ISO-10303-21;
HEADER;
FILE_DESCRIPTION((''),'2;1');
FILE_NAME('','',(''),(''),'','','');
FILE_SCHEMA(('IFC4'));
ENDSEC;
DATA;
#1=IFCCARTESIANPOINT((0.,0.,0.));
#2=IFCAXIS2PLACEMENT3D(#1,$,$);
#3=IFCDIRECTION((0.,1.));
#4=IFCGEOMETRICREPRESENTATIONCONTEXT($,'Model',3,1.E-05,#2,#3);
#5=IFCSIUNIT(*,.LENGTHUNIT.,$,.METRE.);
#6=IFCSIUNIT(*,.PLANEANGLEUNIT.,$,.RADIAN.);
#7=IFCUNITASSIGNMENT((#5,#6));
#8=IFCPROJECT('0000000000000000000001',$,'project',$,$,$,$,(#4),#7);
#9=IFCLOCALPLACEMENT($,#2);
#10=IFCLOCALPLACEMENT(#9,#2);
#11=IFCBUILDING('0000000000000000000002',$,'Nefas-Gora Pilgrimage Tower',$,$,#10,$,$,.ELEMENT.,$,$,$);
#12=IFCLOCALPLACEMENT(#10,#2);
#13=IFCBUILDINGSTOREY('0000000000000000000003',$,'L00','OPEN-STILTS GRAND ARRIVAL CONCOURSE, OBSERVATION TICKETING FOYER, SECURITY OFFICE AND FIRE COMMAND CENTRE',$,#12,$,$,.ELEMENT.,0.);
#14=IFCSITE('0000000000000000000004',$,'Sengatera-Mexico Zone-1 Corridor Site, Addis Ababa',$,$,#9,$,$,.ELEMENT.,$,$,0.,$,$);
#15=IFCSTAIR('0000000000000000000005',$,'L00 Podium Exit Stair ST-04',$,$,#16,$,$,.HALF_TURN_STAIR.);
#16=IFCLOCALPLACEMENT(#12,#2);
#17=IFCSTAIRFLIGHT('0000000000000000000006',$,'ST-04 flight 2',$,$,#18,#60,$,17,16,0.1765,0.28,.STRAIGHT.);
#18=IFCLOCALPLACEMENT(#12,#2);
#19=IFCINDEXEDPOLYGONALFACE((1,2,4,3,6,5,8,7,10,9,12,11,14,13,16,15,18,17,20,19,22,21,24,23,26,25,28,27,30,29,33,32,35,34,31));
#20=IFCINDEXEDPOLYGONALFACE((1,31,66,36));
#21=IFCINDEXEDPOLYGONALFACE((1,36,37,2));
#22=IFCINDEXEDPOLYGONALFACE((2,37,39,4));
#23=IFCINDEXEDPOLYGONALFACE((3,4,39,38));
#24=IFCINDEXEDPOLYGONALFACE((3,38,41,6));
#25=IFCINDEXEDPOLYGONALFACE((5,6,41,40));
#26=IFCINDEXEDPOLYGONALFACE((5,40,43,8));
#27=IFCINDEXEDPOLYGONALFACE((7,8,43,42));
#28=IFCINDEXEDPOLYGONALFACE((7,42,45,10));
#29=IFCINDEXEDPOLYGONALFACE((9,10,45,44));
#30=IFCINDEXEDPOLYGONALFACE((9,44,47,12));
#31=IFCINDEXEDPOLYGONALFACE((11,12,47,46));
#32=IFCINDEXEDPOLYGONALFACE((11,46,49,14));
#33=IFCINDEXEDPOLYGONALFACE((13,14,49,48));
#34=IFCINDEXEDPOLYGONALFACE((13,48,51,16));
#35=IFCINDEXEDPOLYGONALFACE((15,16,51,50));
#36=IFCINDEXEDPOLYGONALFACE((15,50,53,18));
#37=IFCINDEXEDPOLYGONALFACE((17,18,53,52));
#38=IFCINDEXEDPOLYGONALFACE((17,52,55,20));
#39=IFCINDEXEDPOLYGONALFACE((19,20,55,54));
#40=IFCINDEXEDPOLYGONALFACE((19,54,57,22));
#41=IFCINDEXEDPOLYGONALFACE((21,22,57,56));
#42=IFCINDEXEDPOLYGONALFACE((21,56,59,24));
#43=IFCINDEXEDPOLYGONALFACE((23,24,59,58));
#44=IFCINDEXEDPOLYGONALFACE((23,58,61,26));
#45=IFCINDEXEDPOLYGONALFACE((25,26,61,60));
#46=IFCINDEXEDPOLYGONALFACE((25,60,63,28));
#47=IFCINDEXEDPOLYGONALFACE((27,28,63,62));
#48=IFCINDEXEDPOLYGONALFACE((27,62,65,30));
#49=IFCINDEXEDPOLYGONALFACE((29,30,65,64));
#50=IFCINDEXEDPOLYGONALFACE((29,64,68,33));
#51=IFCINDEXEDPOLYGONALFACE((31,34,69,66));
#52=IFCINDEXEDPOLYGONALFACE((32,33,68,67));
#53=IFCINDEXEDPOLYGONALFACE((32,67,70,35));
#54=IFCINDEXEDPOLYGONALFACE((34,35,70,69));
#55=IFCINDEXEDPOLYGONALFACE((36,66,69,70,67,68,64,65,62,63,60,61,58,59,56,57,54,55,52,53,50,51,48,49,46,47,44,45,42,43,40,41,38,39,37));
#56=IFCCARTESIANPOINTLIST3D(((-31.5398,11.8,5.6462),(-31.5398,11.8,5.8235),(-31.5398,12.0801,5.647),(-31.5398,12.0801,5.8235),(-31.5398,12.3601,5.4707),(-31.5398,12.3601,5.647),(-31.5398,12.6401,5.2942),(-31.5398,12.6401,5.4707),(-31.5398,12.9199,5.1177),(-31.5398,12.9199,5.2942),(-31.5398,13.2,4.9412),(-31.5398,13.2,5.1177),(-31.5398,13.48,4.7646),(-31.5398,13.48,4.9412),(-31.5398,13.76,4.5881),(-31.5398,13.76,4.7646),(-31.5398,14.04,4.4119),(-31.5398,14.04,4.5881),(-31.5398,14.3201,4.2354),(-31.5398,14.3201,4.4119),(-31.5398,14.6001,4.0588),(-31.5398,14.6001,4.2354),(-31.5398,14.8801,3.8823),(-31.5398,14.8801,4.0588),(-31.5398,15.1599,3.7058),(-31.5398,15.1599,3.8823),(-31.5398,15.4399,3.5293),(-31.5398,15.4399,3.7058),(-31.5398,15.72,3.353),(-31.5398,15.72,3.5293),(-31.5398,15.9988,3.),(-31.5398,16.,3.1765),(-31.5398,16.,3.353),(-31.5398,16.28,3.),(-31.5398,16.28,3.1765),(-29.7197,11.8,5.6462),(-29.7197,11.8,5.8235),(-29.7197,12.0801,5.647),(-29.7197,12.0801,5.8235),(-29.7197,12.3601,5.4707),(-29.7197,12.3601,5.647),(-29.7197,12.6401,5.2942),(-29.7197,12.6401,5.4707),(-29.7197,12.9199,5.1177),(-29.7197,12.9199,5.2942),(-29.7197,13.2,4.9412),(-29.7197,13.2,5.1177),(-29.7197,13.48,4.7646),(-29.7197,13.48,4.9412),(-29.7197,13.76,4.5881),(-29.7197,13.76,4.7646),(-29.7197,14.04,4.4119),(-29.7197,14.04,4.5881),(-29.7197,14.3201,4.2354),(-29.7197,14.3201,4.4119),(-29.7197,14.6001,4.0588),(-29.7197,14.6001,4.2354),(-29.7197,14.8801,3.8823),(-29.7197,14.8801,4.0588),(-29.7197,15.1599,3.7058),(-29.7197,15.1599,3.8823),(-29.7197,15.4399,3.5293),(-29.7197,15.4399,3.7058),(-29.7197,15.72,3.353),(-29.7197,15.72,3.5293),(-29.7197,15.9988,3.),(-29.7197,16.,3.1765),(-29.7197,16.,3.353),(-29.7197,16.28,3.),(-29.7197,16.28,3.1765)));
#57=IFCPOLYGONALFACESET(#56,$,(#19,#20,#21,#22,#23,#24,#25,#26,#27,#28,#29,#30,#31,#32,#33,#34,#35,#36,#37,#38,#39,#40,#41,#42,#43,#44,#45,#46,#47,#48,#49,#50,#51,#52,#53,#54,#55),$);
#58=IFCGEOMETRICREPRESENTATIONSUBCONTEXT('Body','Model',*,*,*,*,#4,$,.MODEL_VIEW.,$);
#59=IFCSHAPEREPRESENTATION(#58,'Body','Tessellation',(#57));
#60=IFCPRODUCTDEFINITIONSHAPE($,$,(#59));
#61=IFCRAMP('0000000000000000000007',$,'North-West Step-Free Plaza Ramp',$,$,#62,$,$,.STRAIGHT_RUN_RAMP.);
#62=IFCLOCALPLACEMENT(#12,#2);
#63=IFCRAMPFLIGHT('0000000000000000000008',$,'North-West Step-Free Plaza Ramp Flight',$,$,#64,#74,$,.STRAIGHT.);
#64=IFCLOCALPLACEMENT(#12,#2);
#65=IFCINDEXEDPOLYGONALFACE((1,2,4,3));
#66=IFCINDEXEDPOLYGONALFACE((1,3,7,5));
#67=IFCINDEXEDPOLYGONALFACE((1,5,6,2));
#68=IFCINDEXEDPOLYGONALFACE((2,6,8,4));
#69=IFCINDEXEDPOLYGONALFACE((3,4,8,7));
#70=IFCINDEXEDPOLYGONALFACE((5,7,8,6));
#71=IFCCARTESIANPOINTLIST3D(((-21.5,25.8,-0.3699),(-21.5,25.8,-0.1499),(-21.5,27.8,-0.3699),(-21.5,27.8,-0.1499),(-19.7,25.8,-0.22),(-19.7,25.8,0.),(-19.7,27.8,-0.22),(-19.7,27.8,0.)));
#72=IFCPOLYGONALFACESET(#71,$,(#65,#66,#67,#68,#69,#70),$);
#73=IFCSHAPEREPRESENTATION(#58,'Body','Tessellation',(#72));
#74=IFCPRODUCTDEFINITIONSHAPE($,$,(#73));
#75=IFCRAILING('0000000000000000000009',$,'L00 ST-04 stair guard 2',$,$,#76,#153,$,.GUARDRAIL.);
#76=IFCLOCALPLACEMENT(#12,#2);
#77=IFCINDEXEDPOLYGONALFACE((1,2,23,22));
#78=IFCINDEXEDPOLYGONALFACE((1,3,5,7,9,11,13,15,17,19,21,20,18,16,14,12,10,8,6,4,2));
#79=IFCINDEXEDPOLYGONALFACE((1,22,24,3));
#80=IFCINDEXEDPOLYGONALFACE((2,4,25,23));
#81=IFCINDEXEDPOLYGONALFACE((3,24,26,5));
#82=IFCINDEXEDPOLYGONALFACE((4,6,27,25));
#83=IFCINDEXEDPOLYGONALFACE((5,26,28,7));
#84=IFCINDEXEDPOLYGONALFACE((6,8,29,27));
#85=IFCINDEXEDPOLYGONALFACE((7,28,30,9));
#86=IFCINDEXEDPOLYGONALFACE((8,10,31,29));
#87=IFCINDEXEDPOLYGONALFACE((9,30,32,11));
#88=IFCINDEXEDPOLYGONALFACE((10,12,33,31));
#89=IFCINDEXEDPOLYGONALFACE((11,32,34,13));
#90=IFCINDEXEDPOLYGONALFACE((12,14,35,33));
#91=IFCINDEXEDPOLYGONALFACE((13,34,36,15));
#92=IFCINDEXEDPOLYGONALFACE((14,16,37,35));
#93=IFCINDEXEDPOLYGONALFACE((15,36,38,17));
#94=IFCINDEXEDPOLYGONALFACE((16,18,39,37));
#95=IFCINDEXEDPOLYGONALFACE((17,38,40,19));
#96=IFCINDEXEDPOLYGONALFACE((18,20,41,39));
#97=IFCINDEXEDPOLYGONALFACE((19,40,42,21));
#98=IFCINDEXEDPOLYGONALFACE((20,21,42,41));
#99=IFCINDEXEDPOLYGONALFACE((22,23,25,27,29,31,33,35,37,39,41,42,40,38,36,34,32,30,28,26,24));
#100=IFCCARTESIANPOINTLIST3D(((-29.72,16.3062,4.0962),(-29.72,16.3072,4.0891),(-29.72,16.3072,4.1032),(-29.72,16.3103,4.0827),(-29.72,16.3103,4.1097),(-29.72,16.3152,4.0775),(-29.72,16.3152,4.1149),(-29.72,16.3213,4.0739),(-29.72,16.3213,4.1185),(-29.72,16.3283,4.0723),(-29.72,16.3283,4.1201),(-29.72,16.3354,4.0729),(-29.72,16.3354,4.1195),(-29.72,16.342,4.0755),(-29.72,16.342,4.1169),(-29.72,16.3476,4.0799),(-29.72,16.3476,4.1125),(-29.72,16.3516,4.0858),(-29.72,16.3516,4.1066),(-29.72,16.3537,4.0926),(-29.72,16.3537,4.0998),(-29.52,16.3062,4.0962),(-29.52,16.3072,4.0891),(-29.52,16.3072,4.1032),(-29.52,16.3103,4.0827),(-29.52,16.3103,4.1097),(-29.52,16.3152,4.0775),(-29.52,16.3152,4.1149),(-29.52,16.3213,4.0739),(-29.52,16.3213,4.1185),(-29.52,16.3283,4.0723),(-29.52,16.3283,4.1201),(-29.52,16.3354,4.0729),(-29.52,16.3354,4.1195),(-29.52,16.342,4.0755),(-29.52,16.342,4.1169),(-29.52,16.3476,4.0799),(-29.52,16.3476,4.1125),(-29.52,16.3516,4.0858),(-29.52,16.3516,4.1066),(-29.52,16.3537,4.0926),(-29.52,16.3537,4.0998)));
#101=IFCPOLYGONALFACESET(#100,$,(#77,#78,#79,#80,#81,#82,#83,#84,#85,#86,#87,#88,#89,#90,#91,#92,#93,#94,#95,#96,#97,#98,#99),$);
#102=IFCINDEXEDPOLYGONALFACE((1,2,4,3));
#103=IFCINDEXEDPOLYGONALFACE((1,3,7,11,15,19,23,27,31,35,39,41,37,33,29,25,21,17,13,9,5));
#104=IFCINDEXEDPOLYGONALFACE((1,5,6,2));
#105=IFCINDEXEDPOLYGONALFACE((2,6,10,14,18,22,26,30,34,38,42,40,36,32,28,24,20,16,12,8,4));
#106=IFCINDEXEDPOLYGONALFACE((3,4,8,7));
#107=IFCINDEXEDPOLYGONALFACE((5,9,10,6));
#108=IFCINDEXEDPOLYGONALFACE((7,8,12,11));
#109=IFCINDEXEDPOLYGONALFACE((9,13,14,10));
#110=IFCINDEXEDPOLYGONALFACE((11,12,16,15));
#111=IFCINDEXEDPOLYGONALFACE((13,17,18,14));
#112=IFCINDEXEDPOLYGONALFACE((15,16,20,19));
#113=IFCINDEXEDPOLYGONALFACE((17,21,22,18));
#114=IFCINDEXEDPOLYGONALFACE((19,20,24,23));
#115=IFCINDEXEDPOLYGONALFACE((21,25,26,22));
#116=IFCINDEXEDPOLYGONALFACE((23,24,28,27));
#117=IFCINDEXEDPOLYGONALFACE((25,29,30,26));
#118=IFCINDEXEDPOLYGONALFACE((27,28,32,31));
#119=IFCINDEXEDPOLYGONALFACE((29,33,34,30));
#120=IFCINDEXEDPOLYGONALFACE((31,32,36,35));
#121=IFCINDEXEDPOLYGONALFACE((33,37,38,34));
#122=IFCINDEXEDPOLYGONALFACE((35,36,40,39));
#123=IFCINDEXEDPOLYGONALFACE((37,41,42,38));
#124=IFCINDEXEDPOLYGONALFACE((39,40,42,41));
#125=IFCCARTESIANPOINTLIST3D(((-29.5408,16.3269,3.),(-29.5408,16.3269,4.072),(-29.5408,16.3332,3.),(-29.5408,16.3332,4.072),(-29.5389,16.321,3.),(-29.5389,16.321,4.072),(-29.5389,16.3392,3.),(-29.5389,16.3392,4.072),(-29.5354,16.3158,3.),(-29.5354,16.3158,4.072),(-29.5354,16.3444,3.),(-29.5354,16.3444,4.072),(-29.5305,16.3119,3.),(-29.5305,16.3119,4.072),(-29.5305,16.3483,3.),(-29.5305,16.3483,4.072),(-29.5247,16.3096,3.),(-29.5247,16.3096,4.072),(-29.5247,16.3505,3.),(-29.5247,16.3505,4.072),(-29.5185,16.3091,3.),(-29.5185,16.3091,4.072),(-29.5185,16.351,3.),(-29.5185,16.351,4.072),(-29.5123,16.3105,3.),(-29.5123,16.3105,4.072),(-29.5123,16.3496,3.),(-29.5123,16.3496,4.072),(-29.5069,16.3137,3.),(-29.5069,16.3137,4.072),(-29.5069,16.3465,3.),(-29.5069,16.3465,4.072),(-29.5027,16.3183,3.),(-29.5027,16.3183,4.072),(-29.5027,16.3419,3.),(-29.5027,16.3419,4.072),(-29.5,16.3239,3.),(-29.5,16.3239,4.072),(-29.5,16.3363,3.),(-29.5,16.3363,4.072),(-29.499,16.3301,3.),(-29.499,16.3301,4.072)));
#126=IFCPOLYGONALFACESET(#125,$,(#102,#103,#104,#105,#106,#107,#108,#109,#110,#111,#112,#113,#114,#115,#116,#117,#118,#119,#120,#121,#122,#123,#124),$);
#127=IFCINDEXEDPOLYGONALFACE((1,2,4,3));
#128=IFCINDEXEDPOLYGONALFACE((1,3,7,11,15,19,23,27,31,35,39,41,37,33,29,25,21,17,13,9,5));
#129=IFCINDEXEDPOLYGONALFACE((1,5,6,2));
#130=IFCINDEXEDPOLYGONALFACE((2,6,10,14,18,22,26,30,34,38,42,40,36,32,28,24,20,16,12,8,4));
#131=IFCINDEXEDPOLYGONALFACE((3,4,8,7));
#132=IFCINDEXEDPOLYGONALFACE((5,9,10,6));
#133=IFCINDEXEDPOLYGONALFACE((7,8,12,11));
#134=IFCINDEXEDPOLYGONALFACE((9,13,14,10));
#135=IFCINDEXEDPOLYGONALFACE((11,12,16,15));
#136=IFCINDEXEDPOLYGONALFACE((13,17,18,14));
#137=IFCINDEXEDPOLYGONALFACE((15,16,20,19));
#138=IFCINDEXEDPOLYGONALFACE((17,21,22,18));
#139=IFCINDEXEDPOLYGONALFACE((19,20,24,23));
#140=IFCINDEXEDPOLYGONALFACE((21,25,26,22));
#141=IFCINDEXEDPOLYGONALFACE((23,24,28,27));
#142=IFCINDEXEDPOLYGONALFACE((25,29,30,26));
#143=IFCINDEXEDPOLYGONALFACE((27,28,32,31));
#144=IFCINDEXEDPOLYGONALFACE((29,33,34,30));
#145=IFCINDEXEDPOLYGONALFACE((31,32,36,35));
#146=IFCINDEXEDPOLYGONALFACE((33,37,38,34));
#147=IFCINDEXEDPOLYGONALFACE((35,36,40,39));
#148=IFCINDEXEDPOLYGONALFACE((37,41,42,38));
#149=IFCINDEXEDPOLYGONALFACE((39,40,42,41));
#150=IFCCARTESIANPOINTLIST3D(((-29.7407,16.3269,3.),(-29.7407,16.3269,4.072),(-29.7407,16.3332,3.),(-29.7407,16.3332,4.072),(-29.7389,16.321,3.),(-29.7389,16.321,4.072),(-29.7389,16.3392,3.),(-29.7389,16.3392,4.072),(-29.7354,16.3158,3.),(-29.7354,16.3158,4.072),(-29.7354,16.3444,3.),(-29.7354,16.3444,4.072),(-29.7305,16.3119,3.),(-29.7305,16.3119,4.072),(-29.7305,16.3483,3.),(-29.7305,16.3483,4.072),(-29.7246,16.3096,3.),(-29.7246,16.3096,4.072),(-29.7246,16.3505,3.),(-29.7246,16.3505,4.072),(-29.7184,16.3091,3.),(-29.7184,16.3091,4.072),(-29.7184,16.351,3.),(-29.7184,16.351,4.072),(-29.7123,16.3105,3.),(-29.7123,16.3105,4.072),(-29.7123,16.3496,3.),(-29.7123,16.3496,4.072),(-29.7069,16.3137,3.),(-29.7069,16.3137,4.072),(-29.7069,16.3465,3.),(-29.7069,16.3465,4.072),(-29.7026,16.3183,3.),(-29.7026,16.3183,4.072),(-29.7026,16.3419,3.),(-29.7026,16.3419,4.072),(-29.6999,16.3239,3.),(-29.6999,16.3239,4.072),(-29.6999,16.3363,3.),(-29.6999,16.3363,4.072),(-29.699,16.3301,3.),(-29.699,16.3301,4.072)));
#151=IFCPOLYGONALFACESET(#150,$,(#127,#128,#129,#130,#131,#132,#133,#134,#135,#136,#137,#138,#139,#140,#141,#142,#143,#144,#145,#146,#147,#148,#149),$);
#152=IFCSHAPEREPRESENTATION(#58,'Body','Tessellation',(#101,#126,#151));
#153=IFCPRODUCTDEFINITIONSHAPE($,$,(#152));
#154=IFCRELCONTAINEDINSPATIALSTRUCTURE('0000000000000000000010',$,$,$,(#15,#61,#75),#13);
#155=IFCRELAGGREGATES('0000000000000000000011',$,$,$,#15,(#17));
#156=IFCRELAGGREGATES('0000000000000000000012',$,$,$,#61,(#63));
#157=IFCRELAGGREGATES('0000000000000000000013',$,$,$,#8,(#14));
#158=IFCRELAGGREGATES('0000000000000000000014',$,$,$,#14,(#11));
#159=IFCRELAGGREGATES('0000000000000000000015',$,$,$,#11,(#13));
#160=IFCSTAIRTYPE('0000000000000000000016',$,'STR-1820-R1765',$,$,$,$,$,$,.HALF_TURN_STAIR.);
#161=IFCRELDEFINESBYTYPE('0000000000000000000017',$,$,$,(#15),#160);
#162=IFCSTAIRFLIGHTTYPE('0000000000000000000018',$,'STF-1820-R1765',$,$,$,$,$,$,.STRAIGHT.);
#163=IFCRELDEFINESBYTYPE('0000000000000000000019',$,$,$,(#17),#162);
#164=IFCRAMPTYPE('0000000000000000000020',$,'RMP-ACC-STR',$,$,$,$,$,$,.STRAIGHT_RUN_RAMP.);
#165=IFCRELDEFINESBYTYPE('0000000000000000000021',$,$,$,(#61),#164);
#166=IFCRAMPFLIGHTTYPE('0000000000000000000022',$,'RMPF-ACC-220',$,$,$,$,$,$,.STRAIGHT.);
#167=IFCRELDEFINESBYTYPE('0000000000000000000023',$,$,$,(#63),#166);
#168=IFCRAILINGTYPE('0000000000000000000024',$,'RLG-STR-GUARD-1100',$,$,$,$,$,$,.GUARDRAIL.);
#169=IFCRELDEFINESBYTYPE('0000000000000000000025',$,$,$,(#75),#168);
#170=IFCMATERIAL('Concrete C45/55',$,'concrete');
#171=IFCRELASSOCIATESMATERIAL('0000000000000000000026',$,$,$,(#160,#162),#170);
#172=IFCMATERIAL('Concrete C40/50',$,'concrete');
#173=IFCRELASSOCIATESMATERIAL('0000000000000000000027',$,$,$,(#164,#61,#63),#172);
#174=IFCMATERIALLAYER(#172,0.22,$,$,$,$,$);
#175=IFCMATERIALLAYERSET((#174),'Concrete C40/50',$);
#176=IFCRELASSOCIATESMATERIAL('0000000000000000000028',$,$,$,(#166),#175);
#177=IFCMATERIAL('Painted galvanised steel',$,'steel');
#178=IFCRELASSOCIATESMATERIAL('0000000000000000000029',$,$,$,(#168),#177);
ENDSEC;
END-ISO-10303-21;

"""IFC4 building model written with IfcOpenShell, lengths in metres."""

from ifc_helpers import new_model, si_unit, direction, frame, origin, origin_2d, place, context, subcontext, project, spatial, polyline, circle, outline, extrude, source, transform, mapped, material, layer, layer_set, type_object, element, aggregate, save


model = new_model("IFC4")

# Units and contexts
model_context = context("Model", 3, precision=1e-05, world=origin(), true_north=direction((0.0, 1.0)))
body_context = subcontext(model_context, "Body", "Model", "MODEL_VIEW")
ifc_project = project(units=[si_unit("LENGTHUNIT", "METRE"), si_unit("PLANEANGLEUNIT", "RADIAN")], contexts=[model_context])

# Site, building, storey
site_placement = place(None, origin())
site = spatial("IfcSite", under=ifc_project, at=site_placement, Name="Sengatera-Mexico Zone-1 Corridor Site, Addis Ababa", CompositionType="ELEMENT", RefElevation=0.0)
building_placement = place(site_placement, origin())
building = spatial("IfcBuilding", under=site, at=building_placement, Name="Nefas-Gora Pilgrimage Tower", CompositionType="ELEMENT")
storey_placement = place(building_placement, origin())
storey = spatial("IfcBuildingStorey", under=building, at=storey_placement, Name="L00", Description="OPEN-STILTS GRAND ARRIVAL CONCOURSE, OBSERVATION TICKETING FOYER, SECURITY OFFICE AND FIRE COMMAND CENTRE", CompositionType="ELEMENT", Elevation=0.0)

# Shared definitions
ifc_material_1 = material(Name="Concrete C45/55", Category="concrete")

# Stair, stair flight
stair_type = type_object("IfcStairType", Name="STR-1820-R1765", PredefinedType="HALF_TURN_STAIR", material=ifc_material_1)
stair_placement = place(storey_placement, origin())
stair = element("IfcStair", 1, at=stair_placement, inside=storey, type_object=stair_type, Name="L00 Podium Exit Stair ST-04", PredefinedType="HALF_TURN_STAIR")
stair_flight_type = type_object("IfcStairFlightType", Name="STF-1820-R1765", PredefinedType="STRAIGHT", material=ifc_material_1)
shared_shape_1 = source(origin(), body_context, "Body", "SweptSolid", [
    extrude(outline(polyline([(0.0, 0.0), (0.0, 0.1765), (0.28, 0.1765), (0.28, 0.353), (0.5601, 0.353), (0.5601, 0.5293), (0.8401, 0.5293), (0.8401, 0.7058), (1.1201, 0.7058), (1.1201, 0.8823), (1.3999, 0.8823), (1.3999, 1.0588), (1.6799, 1.0588), (1.6799, 1.2354), (1.96, 1.2354), (1.96, 1.4119), (2.24, 1.4119), (2.24, 1.5881), (2.52, 1.5881), (2.52, 1.7646), (2.8, 1.7646), (2.8, 1.9412), (3.0801, 1.9412), (3.0801, 2.1177), (3.3601, 2.1177), (3.3601, 2.2942), (3.6399, 2.2942), (3.6399, 2.4707), (3.9199, 2.4707), (3.9199, 2.647), (4.2, 2.647), (4.2, 2.8235), (4.48, 2.8235), (4.48, 3.0), (4.48, 2.6462), (0.2812, 0.0), (0.0, 0.0)])), frame((0.0, 0.9102, 0.0), z_axis=(0.0, -1.0, 0.0), x_axis=(1.0, 0.0, 0.0)), (0.0, 0.0, 1.0), 1.8201),
])
stair_flight_placement = place(storey_placement, frame((-30.6299, 16.28, 3.0), z_axis=(0.0, 0.0, 1.0), x_axis=(0.0, -1.0, 0.0)))
stair_flight = element("IfcStairFlight", 2, at=stair_flight_placement, type_object=stair_flight_type, Name="ST-04 flight 2", NumberOfRisers=17, NumberOfTreads=16, PredefinedType="STRAIGHT", RiserHeight=0.1765, TreadLength=0.28, context=body_context, shape_type="MappedRepresentation", body=[
    mapped(shared_shape_1, transform((0.0, 0.0, 0.0), x_axis=(1.0, 0.0, 0.0), y_axis=(0.0, 1.0, 0.0), z_axis=(0.0, 0.0, 1.0), scale=1.0)),
])
aggregate(stair, [stair_flight])

# Ramp, ramp flight
ifc_material_2 = material(Name="Concrete C40/50", Category="concrete")
ramp_type = type_object("IfcRampType", Name="RMP-ACC-STR", PredefinedType="STRAIGHT_RUN_RAMP", material=ifc_material_2)
ramp_placement = place(storey_placement, origin())
ramp = element("IfcRamp", 3, at=ramp_placement, inside=storey, type_object=ramp_type, material=ifc_material_2, Name="North-West Step-Free Plaza Ramp", PredefinedType="STRAIGHT_RUN_RAMP")
ifc_layer_1 = layer(ifc_material_2, 0.22)
ifc_layer_set_1 = layer_set([ifc_layer_1], Name="Concrete C40/50")
ramp_flight_type = type_object("IfcRampFlightType", Name="RMPF-ACC-220", PredefinedType="STRAIGHT", material=ifc_layer_set_1)
ramp_flight_placement = place(storey_placement, frame((-21.5, 26.8, -0.1499), z_axis=(0.0, 0.0, 1.0), x_axis=(1.0, 0.0, 0.0)))
ramp_flight = element("IfcRampFlight", 4, at=ramp_flight_placement, type_object=ramp_flight_type, material=ifc_material_2, Name="North-West Step-Free Plaza Ramp Flight", PredefinedType="STRAIGHT", context=body_context, shape_type="SweptSolid", body=[
    extrude(outline(polyline([(0.0, 0.0), (1.8, 0.1499), (1.8, -0.0701), (0.0, -0.22), (0.0, 0.0)])), frame((0.0, 1.0, 0.0), z_axis=(0.0, -1.0, 0.0), x_axis=(1.0, 0.0, 0.0)), (0.0, 0.0, 1.0), 2.0),
])
aggregate(ramp, [ramp_flight])

# Railing
ifc_material_3 = material(Name="Painted galvanised steel", Category="steel")
railing_type_1 = type_object("IfcRailingType", Name="RLG-STR-GUARD-1100", PredefinedType="GUARDRAIL", material=ifc_material_3)
railing_1_placement = place(storey_placement, frame((-29.52, 16.3301, 3.0)))
element("IfcRailing", 5, at=railing_1_placement, inside=storey, type_object=railing_type_1, Name="L00 ST-04 stair guard 2", PredefinedType="GUARDRAIL", context=body_context, shape_type="SweptSolid", body=[
    extrude(circle(Radius=0.0239, at=origin_2d()), frame((0.0, 0.0, 1.0962), z_axis=(-1.0, 0.0, 0.0), x_axis=(0.0, -1.0, 0.0)), (0.0, 0.0, 1.0), 0.2),
    extrude(circle(Radius=0.021, at=origin_2d()), origin(), (0.0, 0.0, 1.0), 1.072),
    extrude(circle(Radius=0.021, at=origin_2d()), frame((-0.2, 0.0, 0.0)), (0.0, 0.0, 1.0), 1.072),
])

save(model, "model.ifc")
